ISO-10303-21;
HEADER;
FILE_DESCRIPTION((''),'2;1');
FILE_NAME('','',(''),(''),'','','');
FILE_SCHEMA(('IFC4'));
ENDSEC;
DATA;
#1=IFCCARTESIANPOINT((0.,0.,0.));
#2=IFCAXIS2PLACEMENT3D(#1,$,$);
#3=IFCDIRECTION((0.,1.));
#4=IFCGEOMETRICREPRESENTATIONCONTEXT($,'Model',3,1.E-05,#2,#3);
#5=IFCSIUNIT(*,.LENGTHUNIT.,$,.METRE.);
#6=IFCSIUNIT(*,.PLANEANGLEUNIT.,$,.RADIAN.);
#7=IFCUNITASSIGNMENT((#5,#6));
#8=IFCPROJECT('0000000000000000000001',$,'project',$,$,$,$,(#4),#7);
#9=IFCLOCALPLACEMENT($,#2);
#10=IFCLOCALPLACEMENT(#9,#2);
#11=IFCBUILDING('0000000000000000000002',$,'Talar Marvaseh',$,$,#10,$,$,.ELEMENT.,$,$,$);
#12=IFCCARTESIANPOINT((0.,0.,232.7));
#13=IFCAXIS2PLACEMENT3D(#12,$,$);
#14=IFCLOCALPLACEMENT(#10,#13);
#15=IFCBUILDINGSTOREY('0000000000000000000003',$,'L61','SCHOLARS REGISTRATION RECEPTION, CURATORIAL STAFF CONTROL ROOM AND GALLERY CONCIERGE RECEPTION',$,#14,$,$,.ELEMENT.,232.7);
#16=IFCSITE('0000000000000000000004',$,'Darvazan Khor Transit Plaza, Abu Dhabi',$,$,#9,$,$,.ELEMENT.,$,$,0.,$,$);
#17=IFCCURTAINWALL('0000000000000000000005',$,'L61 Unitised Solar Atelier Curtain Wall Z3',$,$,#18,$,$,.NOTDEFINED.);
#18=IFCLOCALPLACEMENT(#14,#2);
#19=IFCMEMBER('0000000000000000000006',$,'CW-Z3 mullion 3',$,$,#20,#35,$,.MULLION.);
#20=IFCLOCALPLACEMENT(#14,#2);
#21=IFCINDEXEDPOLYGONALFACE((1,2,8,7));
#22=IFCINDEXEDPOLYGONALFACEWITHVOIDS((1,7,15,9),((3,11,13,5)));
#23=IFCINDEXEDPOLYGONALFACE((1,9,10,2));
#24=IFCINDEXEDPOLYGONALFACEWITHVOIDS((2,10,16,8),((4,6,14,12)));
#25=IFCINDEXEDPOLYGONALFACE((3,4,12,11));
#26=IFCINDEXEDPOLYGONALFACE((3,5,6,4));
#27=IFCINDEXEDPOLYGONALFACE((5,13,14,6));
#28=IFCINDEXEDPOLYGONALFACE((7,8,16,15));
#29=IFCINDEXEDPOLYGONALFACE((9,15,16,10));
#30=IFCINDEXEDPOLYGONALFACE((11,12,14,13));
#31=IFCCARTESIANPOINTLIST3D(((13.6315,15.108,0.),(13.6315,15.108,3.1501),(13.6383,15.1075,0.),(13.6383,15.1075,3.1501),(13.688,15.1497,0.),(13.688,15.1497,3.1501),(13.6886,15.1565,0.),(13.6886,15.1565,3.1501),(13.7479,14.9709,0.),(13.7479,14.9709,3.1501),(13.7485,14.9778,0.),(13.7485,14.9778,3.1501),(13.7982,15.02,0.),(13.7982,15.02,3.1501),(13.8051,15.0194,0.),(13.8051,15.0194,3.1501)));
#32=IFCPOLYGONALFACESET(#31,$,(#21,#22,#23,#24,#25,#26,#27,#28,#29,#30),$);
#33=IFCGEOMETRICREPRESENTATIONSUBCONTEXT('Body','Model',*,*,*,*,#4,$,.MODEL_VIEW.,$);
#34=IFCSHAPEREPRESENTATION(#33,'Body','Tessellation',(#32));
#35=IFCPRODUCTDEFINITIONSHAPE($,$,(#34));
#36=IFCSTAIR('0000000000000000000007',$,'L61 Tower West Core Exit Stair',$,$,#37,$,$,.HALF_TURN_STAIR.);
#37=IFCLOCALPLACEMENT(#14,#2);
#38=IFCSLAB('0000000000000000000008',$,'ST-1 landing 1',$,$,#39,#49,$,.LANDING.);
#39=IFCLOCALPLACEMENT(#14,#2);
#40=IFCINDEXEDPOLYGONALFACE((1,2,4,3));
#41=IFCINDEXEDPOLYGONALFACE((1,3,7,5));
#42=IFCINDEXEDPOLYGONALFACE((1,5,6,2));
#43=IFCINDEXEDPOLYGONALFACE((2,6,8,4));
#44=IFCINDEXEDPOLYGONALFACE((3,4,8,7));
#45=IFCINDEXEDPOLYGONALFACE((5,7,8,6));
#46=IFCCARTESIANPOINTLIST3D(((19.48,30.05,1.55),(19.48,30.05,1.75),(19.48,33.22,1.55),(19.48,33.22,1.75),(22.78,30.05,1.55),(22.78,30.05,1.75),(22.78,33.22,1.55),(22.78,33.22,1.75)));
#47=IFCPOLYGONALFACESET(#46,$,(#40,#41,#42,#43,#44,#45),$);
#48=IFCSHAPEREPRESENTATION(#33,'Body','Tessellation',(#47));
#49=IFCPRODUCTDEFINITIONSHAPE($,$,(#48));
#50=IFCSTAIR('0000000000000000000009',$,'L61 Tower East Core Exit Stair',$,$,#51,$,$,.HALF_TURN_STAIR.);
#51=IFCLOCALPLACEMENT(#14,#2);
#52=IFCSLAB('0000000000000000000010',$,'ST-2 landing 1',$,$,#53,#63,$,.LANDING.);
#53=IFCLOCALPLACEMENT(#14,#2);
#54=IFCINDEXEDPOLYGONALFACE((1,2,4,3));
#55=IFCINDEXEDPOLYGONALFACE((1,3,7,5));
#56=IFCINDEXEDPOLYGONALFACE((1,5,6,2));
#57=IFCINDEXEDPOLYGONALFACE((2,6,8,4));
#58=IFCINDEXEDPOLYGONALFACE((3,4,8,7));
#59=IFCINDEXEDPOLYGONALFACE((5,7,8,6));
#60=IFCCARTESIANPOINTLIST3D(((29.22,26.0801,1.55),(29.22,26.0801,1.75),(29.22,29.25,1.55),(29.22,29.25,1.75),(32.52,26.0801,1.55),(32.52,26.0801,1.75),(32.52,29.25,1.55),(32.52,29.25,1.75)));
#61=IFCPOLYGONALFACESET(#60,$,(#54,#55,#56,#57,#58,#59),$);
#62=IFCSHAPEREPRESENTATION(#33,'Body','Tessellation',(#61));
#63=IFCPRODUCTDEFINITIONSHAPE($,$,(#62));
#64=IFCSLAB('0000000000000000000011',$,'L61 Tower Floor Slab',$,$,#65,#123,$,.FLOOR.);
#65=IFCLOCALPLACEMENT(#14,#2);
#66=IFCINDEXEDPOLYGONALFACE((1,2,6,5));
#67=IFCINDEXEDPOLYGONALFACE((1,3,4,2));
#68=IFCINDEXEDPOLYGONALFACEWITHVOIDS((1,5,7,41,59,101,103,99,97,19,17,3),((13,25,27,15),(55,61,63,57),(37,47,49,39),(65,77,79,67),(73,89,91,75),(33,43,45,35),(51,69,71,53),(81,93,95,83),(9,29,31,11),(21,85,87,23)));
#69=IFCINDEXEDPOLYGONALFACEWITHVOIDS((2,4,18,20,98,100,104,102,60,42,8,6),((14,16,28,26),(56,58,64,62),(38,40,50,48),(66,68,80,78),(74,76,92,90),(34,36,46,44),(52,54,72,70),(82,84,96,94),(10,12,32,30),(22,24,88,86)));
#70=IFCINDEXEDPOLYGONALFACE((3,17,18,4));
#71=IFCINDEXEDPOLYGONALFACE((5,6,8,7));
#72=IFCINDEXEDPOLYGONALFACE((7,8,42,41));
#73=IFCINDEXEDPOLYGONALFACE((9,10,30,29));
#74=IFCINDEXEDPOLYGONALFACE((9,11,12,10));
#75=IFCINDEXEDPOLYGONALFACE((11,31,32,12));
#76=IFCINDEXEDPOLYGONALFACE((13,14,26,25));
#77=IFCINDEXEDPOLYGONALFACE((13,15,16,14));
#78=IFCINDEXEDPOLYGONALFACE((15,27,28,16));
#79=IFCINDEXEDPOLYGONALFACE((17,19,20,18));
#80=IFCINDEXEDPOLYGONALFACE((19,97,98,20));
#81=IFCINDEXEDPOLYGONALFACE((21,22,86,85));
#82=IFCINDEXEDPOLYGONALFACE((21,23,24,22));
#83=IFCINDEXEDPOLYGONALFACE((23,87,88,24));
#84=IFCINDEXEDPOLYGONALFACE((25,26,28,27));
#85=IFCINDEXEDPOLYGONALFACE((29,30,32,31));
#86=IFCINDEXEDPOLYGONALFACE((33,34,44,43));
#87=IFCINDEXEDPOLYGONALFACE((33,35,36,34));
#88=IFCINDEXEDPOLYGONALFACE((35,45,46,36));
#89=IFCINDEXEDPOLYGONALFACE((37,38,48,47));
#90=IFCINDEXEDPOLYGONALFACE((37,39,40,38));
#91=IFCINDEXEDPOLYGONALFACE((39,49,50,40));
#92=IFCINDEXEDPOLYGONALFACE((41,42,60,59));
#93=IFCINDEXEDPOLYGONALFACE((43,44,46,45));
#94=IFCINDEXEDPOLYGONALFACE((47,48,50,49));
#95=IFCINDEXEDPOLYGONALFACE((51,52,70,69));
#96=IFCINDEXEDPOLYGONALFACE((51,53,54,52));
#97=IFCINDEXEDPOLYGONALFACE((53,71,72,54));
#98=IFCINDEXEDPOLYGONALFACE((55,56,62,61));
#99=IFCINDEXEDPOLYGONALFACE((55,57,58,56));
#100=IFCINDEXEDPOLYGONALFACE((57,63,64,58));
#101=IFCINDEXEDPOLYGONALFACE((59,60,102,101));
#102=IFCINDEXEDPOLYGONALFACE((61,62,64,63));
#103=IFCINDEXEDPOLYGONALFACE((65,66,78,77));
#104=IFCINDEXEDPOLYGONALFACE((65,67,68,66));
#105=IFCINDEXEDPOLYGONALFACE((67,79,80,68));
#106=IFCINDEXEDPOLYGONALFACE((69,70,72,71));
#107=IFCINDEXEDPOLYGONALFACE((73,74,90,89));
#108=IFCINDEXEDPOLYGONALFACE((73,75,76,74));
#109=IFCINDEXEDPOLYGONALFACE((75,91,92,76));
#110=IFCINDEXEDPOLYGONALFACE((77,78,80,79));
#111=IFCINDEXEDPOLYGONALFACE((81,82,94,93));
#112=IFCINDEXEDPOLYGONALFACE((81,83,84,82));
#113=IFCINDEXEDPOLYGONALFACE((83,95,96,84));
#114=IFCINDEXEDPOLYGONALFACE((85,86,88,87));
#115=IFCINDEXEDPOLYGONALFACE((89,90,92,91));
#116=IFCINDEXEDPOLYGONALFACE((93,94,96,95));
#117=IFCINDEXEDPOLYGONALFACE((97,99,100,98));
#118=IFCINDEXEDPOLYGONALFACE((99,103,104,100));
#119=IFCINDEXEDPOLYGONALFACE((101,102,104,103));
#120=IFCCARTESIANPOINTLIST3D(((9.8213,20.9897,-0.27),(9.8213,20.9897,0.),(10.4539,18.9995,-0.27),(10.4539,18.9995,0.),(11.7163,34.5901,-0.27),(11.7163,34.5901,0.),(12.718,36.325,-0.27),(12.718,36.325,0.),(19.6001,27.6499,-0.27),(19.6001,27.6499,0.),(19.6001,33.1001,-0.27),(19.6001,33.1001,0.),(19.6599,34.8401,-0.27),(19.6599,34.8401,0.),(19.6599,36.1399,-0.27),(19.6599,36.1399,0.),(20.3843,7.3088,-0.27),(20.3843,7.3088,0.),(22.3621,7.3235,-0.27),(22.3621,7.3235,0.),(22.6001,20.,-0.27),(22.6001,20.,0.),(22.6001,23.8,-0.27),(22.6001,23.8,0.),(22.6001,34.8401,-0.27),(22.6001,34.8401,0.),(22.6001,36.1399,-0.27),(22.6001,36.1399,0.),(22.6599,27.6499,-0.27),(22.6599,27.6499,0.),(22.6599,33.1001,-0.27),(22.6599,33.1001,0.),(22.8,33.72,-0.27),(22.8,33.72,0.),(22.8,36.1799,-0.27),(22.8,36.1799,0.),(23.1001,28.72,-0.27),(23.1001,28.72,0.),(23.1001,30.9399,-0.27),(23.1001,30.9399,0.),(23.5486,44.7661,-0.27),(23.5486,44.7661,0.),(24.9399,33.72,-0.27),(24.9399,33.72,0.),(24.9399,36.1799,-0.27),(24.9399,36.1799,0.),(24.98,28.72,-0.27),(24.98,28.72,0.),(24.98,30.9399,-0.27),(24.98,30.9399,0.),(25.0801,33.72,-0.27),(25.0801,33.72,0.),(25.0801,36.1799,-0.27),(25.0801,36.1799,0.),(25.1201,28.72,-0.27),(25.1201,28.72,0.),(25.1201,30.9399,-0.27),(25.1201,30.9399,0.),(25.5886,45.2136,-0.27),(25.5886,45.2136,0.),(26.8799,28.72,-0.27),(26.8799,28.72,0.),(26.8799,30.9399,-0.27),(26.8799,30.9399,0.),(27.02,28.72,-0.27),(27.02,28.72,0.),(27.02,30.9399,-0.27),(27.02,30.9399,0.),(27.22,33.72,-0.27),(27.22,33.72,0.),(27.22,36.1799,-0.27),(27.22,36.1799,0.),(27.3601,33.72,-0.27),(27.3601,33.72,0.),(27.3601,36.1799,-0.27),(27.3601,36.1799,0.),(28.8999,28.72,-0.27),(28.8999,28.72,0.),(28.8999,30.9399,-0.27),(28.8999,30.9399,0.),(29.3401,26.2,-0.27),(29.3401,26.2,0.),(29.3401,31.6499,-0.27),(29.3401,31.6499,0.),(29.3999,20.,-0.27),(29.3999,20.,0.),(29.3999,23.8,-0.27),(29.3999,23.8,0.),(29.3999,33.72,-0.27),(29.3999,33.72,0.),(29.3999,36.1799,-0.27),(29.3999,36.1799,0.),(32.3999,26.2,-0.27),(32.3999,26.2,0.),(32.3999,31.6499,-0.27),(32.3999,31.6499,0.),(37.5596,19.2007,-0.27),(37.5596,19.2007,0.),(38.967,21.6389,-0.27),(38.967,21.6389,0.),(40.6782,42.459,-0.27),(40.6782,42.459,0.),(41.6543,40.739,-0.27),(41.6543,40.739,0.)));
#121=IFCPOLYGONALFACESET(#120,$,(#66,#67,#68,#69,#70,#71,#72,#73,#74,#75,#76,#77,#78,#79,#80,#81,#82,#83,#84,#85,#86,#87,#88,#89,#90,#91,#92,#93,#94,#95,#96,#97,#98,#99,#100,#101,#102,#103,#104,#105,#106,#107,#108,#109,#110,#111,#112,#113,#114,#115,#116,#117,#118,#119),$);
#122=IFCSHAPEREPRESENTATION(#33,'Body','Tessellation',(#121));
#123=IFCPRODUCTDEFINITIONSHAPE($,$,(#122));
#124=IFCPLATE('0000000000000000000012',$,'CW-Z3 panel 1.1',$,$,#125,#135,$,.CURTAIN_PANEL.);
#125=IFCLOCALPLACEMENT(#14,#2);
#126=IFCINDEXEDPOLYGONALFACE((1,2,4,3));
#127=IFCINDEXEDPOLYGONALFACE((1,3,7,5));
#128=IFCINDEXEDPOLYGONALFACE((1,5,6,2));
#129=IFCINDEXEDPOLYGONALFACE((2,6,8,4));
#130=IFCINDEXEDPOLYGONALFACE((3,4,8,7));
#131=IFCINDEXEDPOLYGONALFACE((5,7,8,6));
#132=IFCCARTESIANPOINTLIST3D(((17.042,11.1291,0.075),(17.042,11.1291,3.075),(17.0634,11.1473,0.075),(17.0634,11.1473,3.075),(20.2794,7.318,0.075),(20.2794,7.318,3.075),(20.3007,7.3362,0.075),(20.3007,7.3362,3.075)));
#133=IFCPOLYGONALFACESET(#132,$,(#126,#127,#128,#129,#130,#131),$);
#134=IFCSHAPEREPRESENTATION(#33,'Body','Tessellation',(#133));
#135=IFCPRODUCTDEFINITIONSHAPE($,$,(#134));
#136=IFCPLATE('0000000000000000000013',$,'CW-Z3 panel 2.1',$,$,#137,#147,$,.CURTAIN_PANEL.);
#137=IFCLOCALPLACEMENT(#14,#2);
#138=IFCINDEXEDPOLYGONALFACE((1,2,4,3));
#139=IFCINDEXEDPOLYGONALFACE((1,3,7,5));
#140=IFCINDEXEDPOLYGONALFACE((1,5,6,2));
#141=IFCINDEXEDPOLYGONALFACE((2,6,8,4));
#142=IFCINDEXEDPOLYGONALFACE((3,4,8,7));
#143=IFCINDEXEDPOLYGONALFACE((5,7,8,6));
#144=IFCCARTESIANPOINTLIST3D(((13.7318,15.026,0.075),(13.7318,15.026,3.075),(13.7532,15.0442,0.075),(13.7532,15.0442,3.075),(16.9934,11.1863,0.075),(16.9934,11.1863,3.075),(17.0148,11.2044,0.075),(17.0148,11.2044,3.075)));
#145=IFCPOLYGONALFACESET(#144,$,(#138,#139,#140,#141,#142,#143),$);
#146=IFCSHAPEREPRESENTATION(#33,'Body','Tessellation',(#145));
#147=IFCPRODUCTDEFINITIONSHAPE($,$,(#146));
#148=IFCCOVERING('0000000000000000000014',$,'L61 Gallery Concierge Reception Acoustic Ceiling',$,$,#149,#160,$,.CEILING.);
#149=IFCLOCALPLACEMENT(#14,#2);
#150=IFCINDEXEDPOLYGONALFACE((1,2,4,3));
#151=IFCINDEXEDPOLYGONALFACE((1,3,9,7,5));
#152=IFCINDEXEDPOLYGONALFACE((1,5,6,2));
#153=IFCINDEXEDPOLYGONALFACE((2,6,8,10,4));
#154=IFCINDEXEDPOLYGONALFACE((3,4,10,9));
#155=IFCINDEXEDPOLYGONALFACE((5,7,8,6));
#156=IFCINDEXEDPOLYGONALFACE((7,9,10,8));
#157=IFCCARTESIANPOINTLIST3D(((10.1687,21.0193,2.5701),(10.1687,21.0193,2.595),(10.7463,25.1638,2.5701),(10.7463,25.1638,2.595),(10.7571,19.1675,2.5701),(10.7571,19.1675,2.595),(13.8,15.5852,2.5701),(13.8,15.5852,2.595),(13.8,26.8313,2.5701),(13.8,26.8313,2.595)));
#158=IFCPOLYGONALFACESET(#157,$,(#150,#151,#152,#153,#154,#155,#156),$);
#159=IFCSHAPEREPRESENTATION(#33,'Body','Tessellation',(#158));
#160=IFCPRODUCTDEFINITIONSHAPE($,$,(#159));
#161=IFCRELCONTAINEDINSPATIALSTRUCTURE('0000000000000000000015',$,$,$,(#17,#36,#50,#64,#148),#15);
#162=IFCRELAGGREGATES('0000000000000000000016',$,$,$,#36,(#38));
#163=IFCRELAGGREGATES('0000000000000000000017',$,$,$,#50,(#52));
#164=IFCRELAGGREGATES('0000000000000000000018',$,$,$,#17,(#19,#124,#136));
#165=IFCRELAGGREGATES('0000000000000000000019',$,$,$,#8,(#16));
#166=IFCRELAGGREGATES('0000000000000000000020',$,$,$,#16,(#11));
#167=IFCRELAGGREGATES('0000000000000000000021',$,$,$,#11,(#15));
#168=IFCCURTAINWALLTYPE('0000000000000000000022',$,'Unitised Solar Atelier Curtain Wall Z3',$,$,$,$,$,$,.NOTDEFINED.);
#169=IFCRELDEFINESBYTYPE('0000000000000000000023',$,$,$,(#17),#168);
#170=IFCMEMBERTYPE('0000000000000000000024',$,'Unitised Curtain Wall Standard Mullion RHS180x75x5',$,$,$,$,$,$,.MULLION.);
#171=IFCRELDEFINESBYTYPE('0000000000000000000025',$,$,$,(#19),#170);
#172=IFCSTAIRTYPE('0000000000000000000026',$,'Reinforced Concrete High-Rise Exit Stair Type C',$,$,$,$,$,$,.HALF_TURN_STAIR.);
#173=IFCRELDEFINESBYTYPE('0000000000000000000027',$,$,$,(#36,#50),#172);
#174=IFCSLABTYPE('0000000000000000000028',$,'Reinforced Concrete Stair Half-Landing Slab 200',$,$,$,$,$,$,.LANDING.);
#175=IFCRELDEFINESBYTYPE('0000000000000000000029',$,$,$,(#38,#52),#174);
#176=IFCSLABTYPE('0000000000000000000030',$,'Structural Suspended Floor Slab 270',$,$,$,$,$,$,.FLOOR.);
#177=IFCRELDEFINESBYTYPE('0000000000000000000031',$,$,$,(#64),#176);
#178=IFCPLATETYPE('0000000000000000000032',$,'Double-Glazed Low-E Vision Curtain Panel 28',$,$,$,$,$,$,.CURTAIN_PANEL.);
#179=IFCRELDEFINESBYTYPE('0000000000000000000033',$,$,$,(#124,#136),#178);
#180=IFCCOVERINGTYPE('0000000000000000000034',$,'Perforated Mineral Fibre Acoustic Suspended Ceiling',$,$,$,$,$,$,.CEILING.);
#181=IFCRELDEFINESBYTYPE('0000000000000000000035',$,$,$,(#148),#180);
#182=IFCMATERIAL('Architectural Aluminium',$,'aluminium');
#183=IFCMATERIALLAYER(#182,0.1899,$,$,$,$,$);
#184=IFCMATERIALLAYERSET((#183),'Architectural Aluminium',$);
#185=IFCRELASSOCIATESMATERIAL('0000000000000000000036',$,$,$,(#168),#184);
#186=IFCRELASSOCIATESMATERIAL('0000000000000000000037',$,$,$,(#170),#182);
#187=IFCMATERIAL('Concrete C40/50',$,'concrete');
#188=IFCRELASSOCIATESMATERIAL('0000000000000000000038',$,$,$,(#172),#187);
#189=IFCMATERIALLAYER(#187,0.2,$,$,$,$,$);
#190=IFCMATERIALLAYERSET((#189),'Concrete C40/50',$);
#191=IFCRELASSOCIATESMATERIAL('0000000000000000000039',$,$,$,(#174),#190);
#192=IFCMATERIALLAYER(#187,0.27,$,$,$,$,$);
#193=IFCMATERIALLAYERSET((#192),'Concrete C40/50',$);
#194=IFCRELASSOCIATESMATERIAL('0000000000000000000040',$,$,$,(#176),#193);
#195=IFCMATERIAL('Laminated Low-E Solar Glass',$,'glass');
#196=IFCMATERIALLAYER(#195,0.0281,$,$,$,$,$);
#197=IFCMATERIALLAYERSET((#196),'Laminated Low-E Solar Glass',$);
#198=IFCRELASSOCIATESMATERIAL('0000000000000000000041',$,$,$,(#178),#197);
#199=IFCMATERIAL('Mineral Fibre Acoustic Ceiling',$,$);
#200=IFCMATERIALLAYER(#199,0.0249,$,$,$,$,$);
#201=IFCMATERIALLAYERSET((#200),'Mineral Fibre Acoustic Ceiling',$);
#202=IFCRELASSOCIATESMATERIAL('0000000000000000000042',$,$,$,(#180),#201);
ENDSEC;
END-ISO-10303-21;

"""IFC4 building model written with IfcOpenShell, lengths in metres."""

from ifc_helpers import new_model, si_unit, direction, frame, origin, origin_2d, place, context, subcontext, project, spatial, polyline, rectangle, hollow_rectangle, outline, extrude, source, transform, mapped, material, layer, layer_set, material_profile, profile_set, type_object, type_shapes, element, aggregate, save


model = new_model("IFC4")

# Units and contexts
model_context = context("Model", 3, precision=1e-05, world=origin(), true_north=direction((0.0, 1.0)))
body_context = subcontext(model_context, "Body", "Model", "MODEL_VIEW")
ifc_project = project(units=[si_unit("LENGTHUNIT", "METRE"), si_unit("PLANEANGLEUNIT", "RADIAN")], contexts=[model_context])

# Site, building, storey
site_placement = place(None, origin())
site = spatial("IfcSite", under=ifc_project, at=site_placement, Name="Darvazan Khor Transit Plaza, Abu Dhabi", CompositionType="ELEMENT", RefElevation=0.0)
building_placement = place(site_placement, origin())
building = spatial("IfcBuilding", under=site, at=building_placement, Name="Talar Marvaseh", CompositionType="ELEMENT")
storey_placement = place(building_placement, frame((0.0, 0.0, 232.7)))
storey = spatial("IfcBuildingStorey", under=building, at=storey_placement, Name="L61", Description="SCHOLARS REGISTRATION RECEPTION, CURATORIAL STAFF CONTROL ROOM AND GALLERY CONCIERGE RECEPTION", CompositionType="ELEMENT", Elevation=232.7)

# Curtain wall, member
ifc_material_1 = material(Name="Architectural Aluminium", Category="aluminium")
ifc_layer_1 = layer(ifc_material_1, 0.1899)
ifc_layer_set_1 = layer_set([ifc_layer_1], Name="Architectural Aluminium")
curtain_wall_type = type_object("IfcCurtainWallType", Name="Unitised Solar Atelier Curtain Wall Z3", PredefinedType="NOTDEFINED", material=ifc_layer_set_1)
curtain_wall_placement = place(storey_placement, origin())
curtain_wall = element("IfcCurtainWall", 1, at=curtain_wall_placement, inside=storey, type_object=curtain_wall_type, Name="L61 Unitised Solar Atelier Curtain Wall Z3", PredefinedType="NOTDEFINED")
ifc_material_profile_1 = material_profile(ifc_material_1, hollow_rectangle(XDim=0.075, YDim=0.1799, WallThickness=0.0049, at=origin_2d()), Name="RHS180x75x5")
ifc_profile_set_1 = profile_set([ifc_material_profile_1], Name="Architectural Aluminium")
member_type_1 = type_object("IfcMemberType", Name="Unitised Curtain Wall Standard Mullion RHS180x75x5", PredefinedType="MULLION", material=ifc_profile_set_1)
shared_shape_1 = source(origin(), body_context, "Body", "SweptSolid", [
    extrude(hollow_rectangle(XDim=0.075, YDim=0.1799, WallThickness=0.0049, at=origin_2d()), origin(), (0.0, 0.0, 1.0), 3.1501),
])
type_shapes(member_type_1, [shared_shape_1])
member_1_placement = place(storey_placement, frame((13.7183, 15.0637, 0.0), z_axis=(0.0, 0.0, 1.0), x_axis=(-0.762149, -0.647402, 0.0)))
member_1 = element("IfcMember", 2, at=member_1_placement, type_object=member_type_1, Name="CW-Z3 mullion 3", PredefinedType="MULLION", context=body_context, shape_type="MappedRepresentation", body=[
    mapped(shared_shape_1, transform((0.0, 0.0, 0.0), x_axis=(1.0, 0.0, 0.0), y_axis=(0.0, 1.0, 0.0), z_axis=(0.0, 0.0, 1.0), scale=1.0)),
])

# Stairs, slabs
ifc_material_2 = material(Name="Concrete C40/50", Category="concrete")
stair_type = type_object("IfcStairType", Name="Reinforced Concrete High-Rise Exit Stair Type C", PredefinedType="HALF_TURN_STAIR", material=ifc_material_2)
stair_1_placement = place(storey_placement, origin())
stair_1 = element("IfcStair", 3, at=stair_1_placement, inside=storey, type_object=stair_type, Name="L61 Tower West Core Exit Stair", PredefinedType="HALF_TURN_STAIR")
ifc_layer_2 = layer(ifc_material_2, 0.2)
ifc_layer_set_2 = layer_set([ifc_layer_2], Name="Concrete C40/50")
slab_type_1 = type_object("IfcSlabType", Name="Reinforced Concrete Stair Half-Landing Slab 200", PredefinedType="LANDING", material=ifc_layer_set_2)
slab_1_placement = place(storey_placement, frame((0.0, 0.0, 1.55)))
slab_1 = element("IfcSlab", 4, at=slab_1_placement, type_object=slab_type_1, Name="ST-1 landing 1", PredefinedType="LANDING", context=body_context, shape_type="SweptSolid", body=[
    extrude(outline(polyline([(22.78, 30.05), (22.78, 33.22), (19.48, 33.22), (19.48, 30.05), (22.78, 30.05)])), origin(), (0.0, 0.0, 1.0), 0.2),
])
aggregate(stair_1, [slab_1])
stair_2_placement = place(storey_placement, origin())
stair_2 = element("IfcStair", 5, at=stair_2_placement, inside=storey, type_object=stair_type, Name="L61 Tower East Core Exit Stair", PredefinedType="HALF_TURN_STAIR")
slab_2_placement = place(storey_placement, frame((0.0, 0.0, 1.55)))
slab_2 = element("IfcSlab", 6, at=slab_2_placement, type_object=slab_type_1, Name="ST-2 landing 1", PredefinedType="LANDING", context=body_context, shape_type="SweptSolid", body=[
    extrude(outline(polyline([(29.22, 29.25), (29.22, 26.0801), (32.52, 26.0801), (32.52, 29.25), (29.22, 29.25)])), origin(), (0.0, 0.0, 1.0), 0.2),
])
aggregate(stair_2, [slab_2])

# Slab
ifc_layer_3 = layer(ifc_material_2, 0.27)
ifc_layer_set_3 = layer_set([ifc_layer_3], Name="Concrete C40/50")
slab_type_2 = type_object("IfcSlabType", Name="Structural Suspended Floor Slab 270", PredefinedType="FLOOR", material=ifc_layer_set_3)
slab_3_placement = place(storey_placement, frame((0.0, 0.0, -0.27)))
element("IfcSlab", 7, at=slab_3_placement, inside=storey, type_object=slab_type_2, Name="L61 Tower Floor Slab", PredefinedType="FLOOR", context=body_context, shape_type="SweptSolid", body=[
    extrude(outline(polyline([(22.3621, 7.3235), (20.3843, 7.3088), (10.4539, 18.9995), (9.8213, 20.9897), (11.7163, 34.5901), (12.718, 36.325), (23.5486, 44.7661), (25.5886, 45.2136), (40.6782, 42.459), (41.6543, 40.739), (38.967, 21.6389), (37.5596, 19.2007), (22.3621, 7.3235)]), holes=[polyline([(22.6599, 27.6499), (22.6599, 33.1001), (19.6001, 33.1001), (19.6001, 27.6499), (22.6599, 27.6499)]), polyline([(29.3401, 31.6499), (29.3401, 26.2), (32.3999, 26.2), (32.3999, 31.6499), (29.3401, 31.6499)]), polyline([(22.8, 33.72), (24.9399, 33.72), (24.9399, 36.1799), (22.8, 36.1799), (22.8, 33.72)]), polyline([(25.0801, 33.72), (27.22, 33.72), (27.22, 36.1799), (25.0801, 36.1799), (25.0801, 33.72)]), polyline([(27.3601, 33.72), (29.3999, 33.72), (29.3999, 36.1799), (27.3601, 36.1799), (27.3601, 33.72)]), polyline([(23.1001, 28.72), (24.98, 28.72), (24.98, 30.9399), (23.1001, 30.9399), (23.1001, 28.72)]), polyline([(25.1201, 28.72), (26.8799, 28.72), (26.8799, 30.9399), (25.1201, 30.9399), (25.1201, 28.72)]), polyline([(27.02, 28.72), (28.8999, 28.72), (28.8999, 30.9399), (27.02, 30.9399), (27.02, 28.72)]), polyline([(19.6599, 34.8401), (22.6001, 34.8401), (22.6001, 36.1399), (19.6599, 36.1399), (19.6599, 34.8401)]), polyline([(22.6001, 20.0), (29.3999, 20.0), (29.3999, 23.8), (22.6001, 23.8), (22.6001, 20.0)])]), origin(), (0.0, 0.0, 1.0), 0.27),
])

# Plates
ifc_material_3 = material(Name="Laminated Low-E Solar Glass", Category="glass")
ifc_layer_4 = layer(ifc_material_3, 0.0281)
ifc_layer_set_4 = layer_set([ifc_layer_4], Name="Laminated Low-E Solar Glass")
plate_type = type_object("IfcPlateType", Name="Double-Glazed Low-E Vision Curtain Panel 28", PredefinedType="CURTAIN_PANEL", material=ifc_layer_set_4)
shared_shape_2 = source(origin(), body_context, "Body", "SweptSolid", [
    extrude(rectangle(XDim=5.0005, YDim=0.0281, at=origin_2d()), origin(), (0.0, 0.0, 1.0), 3.0),
])
plate_1_placement = place(storey_placement, frame((18.6714, 9.2327, 0.075), z_axis=(0.0, 0.0, 1.0), x_axis=(-0.647402, 0.762149, 0.0)))
plate_1 = element("IfcPlate", 8, at=plate_1_placement, type_object=plate_type, Name="CW-Z3 panel 1.1", PredefinedType="CURTAIN_PANEL", context=body_context, shape_type="MappedRepresentation", body=[
    mapped(shared_shape_2, transform((0.0, 0.0, 0.0), x_axis=(1.0, 0.0, 0.0), y_axis=(0.0, 1.0, 0.0), z_axis=(0.0, 0.0, 1.0), scale=1.0)),
])
shared_shape_3 = source(origin(), body_context, "Body", "SweptSolid", [
    extrude(rectangle(XDim=5.0381, YDim=0.0281, at=origin_2d()), origin(), (0.0, 0.0, 1.0), 3.0),
])
type_shapes(plate_type, [shared_shape_2, shared_shape_3])
plate_2_placement = place(storey_placement, frame((15.3733, 13.1152, 0.075), z_axis=(0.0, 0.0, 1.0), x_axis=(-0.647402, 0.762149, 0.0)))
plate_2 = element("IfcPlate", 9, at=plate_2_placement, type_object=plate_type, Name="CW-Z3 panel 2.1", PredefinedType="CURTAIN_PANEL", context=body_context, shape_type="MappedRepresentation", body=[
    mapped(shared_shape_3, transform((0.0, 0.0, 0.0), x_axis=(1.0, 0.0, 0.0), y_axis=(0.0, 1.0, 0.0), z_axis=(0.0, 0.0, 1.0), scale=1.0)),
])
aggregate(curtain_wall, [member_1, plate_1, plate_2])

# Covering
ifc_material_4 = material(Name="Mineral Fibre Acoustic Ceiling")
ifc_layer_5 = layer(ifc_material_4, 0.0249)
ifc_layer_set_5 = layer_set([ifc_layer_5], Name="Mineral Fibre Acoustic Ceiling")
covering_type_1 = type_object("IfcCoveringType", Name="Perforated Mineral Fibre Acoustic Suspended Ceiling", PredefinedType="CEILING", material=ifc_layer_set_5)
covering_1_placement = place(storey_placement, frame((0.0, 0.0, 2.5701)))
element("IfcCovering", 10, at=covering_1_placement, inside=storey, type_object=covering_type_1, Name="L61 Gallery Concierge Reception Acoustic Ceiling", PredefinedType="CEILING", context=body_context, shape_type="SweptSolid", body=[
    extrude(outline(polyline([(13.8, 26.8313), (13.8, 15.5852), (10.7571, 19.1675), (10.1687, 21.0193), (10.7463, 25.1638), (13.8, 26.8313)])), origin(), (0.0, 0.0, 1.0), 0.0249),
])

save(model, "model.ifc")
